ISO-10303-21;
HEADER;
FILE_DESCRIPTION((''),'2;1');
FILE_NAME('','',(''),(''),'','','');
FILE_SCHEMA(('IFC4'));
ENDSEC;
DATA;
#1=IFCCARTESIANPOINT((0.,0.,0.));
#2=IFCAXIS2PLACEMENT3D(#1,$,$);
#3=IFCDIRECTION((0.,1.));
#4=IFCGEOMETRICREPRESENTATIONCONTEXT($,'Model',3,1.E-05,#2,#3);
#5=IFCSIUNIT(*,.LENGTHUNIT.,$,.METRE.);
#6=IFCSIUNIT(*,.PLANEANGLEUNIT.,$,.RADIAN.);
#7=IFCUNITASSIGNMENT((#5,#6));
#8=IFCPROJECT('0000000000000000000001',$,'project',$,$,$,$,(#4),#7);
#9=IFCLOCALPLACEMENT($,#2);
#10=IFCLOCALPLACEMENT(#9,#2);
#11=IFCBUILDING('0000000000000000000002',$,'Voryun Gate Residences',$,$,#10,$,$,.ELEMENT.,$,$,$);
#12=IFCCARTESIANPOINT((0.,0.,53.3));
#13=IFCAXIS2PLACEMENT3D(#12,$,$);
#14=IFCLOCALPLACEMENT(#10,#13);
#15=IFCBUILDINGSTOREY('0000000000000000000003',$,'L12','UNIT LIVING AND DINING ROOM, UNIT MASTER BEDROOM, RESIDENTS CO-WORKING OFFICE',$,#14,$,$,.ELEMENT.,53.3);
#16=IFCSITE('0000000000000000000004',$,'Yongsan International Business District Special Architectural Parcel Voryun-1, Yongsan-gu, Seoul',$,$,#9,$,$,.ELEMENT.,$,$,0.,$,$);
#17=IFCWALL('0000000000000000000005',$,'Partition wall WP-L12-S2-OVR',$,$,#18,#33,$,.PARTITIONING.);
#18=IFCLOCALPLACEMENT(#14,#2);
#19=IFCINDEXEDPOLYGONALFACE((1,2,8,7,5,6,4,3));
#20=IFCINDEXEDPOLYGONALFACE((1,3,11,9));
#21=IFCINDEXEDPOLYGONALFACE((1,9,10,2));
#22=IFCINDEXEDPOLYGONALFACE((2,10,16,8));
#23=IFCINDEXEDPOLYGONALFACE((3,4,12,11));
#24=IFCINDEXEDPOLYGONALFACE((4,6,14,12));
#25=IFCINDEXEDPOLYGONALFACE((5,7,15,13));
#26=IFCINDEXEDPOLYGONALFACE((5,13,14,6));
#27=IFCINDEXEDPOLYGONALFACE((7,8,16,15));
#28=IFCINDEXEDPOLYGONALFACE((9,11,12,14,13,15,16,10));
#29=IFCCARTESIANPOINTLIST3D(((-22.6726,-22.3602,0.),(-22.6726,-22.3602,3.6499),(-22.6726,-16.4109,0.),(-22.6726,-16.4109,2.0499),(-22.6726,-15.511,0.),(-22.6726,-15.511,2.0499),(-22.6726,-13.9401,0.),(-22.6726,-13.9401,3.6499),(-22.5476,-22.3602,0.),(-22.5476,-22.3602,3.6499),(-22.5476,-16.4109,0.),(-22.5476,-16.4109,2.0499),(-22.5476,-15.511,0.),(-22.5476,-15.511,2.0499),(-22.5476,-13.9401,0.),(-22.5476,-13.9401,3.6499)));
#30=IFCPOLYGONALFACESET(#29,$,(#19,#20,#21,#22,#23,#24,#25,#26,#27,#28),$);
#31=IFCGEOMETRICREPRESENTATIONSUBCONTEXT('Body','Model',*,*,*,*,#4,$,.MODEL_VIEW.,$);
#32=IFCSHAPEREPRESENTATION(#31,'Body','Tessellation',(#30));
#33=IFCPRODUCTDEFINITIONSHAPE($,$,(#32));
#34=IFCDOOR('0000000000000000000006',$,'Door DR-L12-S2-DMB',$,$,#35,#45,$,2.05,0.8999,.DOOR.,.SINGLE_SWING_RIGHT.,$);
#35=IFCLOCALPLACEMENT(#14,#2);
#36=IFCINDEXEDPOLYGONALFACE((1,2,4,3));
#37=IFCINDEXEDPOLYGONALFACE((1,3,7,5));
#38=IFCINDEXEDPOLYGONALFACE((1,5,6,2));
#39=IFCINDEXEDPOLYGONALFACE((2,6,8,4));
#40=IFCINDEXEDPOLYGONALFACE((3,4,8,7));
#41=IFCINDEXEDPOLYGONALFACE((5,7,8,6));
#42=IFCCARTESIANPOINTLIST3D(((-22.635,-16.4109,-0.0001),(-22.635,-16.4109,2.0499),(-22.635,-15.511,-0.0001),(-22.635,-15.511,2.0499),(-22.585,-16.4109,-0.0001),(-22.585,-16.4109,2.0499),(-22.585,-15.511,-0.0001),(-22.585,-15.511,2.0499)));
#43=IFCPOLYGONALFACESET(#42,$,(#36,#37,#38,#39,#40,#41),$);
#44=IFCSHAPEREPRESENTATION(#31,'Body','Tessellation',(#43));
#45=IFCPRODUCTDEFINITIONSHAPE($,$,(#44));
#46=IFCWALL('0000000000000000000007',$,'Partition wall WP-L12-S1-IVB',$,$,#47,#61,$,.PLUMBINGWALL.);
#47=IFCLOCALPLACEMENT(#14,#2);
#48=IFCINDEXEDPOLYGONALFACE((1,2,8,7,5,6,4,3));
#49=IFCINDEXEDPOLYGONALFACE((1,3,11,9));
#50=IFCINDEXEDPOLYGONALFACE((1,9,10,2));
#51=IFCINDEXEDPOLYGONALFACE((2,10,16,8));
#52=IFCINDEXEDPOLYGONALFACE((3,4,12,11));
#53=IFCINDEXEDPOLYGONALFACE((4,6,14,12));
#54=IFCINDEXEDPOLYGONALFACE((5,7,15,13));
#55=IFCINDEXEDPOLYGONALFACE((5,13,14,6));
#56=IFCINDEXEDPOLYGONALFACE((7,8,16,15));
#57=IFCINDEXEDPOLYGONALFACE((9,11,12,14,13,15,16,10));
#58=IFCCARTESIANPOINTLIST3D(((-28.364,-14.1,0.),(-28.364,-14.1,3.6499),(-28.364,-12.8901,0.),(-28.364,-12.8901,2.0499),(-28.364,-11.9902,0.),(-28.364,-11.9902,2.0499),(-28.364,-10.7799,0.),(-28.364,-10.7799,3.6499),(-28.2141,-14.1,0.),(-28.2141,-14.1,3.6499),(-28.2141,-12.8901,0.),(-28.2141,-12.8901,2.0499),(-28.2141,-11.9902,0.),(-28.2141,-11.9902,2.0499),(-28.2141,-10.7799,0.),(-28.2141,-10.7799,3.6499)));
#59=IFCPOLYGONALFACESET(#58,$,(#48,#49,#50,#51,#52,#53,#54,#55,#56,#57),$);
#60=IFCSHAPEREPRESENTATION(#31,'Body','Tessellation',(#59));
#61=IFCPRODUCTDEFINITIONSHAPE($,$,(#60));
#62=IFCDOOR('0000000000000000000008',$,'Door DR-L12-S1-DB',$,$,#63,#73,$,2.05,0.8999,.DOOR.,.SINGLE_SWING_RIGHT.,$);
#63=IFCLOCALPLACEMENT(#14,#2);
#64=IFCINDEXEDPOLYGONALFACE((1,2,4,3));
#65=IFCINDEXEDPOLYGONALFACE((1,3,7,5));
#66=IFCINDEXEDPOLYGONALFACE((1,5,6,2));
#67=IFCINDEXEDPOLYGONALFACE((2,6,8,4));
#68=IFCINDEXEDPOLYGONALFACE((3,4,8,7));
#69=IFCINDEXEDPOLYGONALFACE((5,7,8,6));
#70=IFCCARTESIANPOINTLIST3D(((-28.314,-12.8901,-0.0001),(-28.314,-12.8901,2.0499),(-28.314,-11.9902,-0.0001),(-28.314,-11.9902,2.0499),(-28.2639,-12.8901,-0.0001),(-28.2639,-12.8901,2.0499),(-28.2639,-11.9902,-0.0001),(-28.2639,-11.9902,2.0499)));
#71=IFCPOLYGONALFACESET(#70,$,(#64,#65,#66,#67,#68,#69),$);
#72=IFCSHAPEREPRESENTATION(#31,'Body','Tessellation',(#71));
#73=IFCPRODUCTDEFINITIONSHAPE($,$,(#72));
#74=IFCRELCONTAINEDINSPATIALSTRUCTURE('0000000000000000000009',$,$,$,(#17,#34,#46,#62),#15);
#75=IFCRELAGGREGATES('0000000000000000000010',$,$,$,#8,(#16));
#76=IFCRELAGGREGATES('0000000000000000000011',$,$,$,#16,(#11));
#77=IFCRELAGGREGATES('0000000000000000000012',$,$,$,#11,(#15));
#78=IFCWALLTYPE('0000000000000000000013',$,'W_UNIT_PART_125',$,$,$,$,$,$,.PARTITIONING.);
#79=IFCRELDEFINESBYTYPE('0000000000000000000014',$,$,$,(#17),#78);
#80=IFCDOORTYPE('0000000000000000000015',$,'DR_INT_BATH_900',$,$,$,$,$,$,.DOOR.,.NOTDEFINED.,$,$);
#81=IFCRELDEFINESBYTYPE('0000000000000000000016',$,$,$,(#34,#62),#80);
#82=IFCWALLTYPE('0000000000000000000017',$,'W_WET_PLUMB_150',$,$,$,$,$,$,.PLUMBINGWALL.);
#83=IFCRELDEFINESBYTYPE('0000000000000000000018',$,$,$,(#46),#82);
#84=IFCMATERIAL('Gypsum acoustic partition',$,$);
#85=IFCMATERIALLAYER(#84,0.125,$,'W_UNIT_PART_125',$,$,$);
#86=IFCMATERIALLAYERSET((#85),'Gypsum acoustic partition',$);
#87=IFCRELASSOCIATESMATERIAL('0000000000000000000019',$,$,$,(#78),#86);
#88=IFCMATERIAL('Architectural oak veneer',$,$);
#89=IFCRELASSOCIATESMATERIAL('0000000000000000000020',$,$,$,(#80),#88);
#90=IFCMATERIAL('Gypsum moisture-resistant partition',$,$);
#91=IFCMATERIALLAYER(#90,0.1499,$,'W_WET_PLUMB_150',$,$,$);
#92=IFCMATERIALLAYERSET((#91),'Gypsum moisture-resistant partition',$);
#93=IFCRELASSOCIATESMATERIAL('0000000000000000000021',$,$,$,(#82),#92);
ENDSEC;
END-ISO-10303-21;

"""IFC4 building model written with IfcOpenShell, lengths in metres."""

from ifc_helpers import new_model, si_unit, direction, frame, frame_2d, origin, place, context, subcontext, project, spatial, rectangle, extrude, material, layer, layer_set, type_object, element, fill, save


model = new_model("IFC4")

# Units and contexts
model_context = context("Model", 3, precision=1e-05, world=origin(), true_north=direction((0.0, 1.0)))
body_context = subcontext(model_context, "Body", "Model", "MODEL_VIEW")
ifc_project = project(units=[si_unit("LENGTHUNIT", "METRE"), si_unit("PLANEANGLEUNIT", "RADIAN")], contexts=[model_context])

# Site, building, storey
site_placement = place(None, origin())
site = spatial("IfcSite", under=ifc_project, at=site_placement, Name="Yongsan International Business District Special Architectural Parcel Voryun-1, Yongsan-gu, Seoul", CompositionType="ELEMENT", RefElevation=0.0)
building_placement = place(site_placement, origin())
building = spatial("IfcBuilding", under=site, at=building_placement, Name="Voryun Gate Residences", CompositionType="ELEMENT")
storey_placement = place(building_placement, frame((0.0, 0.0, 53.3)))
storey = spatial("IfcBuildingStorey", under=building, at=storey_placement, Name="L12", Description="UNIT LIVING AND DINING ROOM, UNIT MASTER BEDROOM, RESIDENTS CO-WORKING OFFICE", CompositionType="ELEMENT", Elevation=53.3)

# Walls, openings, doors
ifc_material_1 = material(Name="Gypsum acoustic partition")
ifc_layer_1 = layer(ifc_material_1, 0.125, Name="W_UNIT_PART_125")
ifc_layer_set_1 = layer_set([ifc_layer_1], Name="Gypsum acoustic partition")
wall_type_1 = type_object("IfcWallType", Name="W_UNIT_PART_125", PredefinedType="PARTITIONING", material=ifc_layer_set_1)
ifc_material_2 = material(Name="Architectural oak veneer")
door_type_1 = type_object("IfcDoorType", Name="DR_INT_BATH_900", OperationType="NOTDEFINED", PredefinedType="DOOR", material=ifc_material_2)
wall_1_placement = place(storey_placement, frame((-22.6101, -22.3601, 0.0), z_axis=(0.0, 0.0, 1.0), x_axis=(0.0, 1.0, 0.0)))
wall_1 = element("IfcWall", 1, at=wall_1_placement, inside=storey, type_object=wall_type_1, Name="Partition wall WP-L12-S2-OVR", PredefinedType="PARTITIONING", context=body_context, shape_type="SweptSolid", body=[
    extrude(rectangle(XDim=8.4202, YDim=0.125, at=frame_2d((4.21, 0.0))), origin(), (0.0, 0.0, 1.0), 3.6499),
])
opening_1_placement = place(wall_1_placement, frame((5.9492, 0.0, 0.0)))
opening_1 = element("IfcOpeningElement", 2, at=opening_1_placement, cuts=wall_1, PredefinedType="OPENING", context=body_context, shape_type="SweptSolid", body=[
    extrude(rectangle(XDim=0.8999, YDim=2.05, at=frame_2d((0.45, 1.0249))), frame((0.0, 0.0725, 0.0), z_axis=(0.0, -1.0, 0.0), x_axis=(1.0, 0.0, 0.0)), (0.0, 0.0, 1.0), 0.145),
])
door_1_placement = place(opening_1_placement, origin())
door_1 = element("IfcDoor", 3, at=door_1_placement, inside=storey, type_object=door_type_1, Name="Door DR-L12-S2-DMB", OperationType="SINGLE_SWING_RIGHT", OverallHeight=2.05, OverallWidth=0.8999, PredefinedType="DOOR", context=body_context, shape_type="SweptSolid", body=[
    extrude(rectangle(XDim=0.8999, YDim=2.05, at=frame_2d((0.45, 1.0249))), frame((0.0, 0.0249, 0.0), z_axis=(0.0, -1.0, 0.0), x_axis=(1.0, 0.0, 0.0)), (0.0, 0.0, 1.0), 0.05),
])
fill(opening_1, door_1)
ifc_material_3 = material(Name="Gypsum moisture-resistant partition")
ifc_layer_2 = layer(ifc_material_3, 0.1499, Name="W_WET_PLUMB_150")
ifc_layer_set_2 = layer_set([ifc_layer_2], Name="Gypsum moisture-resistant partition")
wall_type_2 = type_object("IfcWallType", Name="W_WET_PLUMB_150", PredefinedType="PLUMBINGWALL", material=ifc_layer_set_2)
wall_2_placement = place(storey_placement, frame((-28.2891, -14.1001, 0.0), z_axis=(0.0, 0.0, 1.0), x_axis=(0.0, 1.0, 0.0)))
wall_2 = element("IfcWall", 4, at=wall_2_placement, inside=storey, type_object=wall_type_2, Name="Partition wall WP-L12-S1-IVB", PredefinedType="PLUMBINGWALL", context=body_context, shape_type="SweptSolid", body=[
    extrude(rectangle(XDim=3.3201, YDim=0.1499, at=frame_2d((1.6602, 0.0))), origin(), (0.0, 0.0, 1.0), 3.6499),
])
opening_2_placement = place(wall_2_placement, frame((1.21, 0.0, 0.0)))
opening_2 = element("IfcOpeningElement", 5, at=opening_2_placement, cuts=wall_2, PredefinedType="OPENING", context=body_context, shape_type="SweptSolid", body=[
    extrude(rectangle(XDim=0.8999, YDim=2.05, at=frame_2d((0.45, 1.0249))), frame((0.0, 0.085, 0.0), z_axis=(0.0, -1.0, 0.0), x_axis=(1.0, 0.0, 0.0)), (0.0, 0.0, 1.0), 0.1699),
])
door_2_placement = place(opening_2_placement, origin())
door_2 = element("IfcDoor", 6, at=door_2_placement, inside=storey, type_object=door_type_1, Name="Door DR-L12-S1-DB", OperationType="SINGLE_SWING_RIGHT", OverallHeight=2.05, OverallWidth=0.8999, PredefinedType="DOOR", context=body_context, shape_type="SweptSolid", body=[
    extrude(rectangle(XDim=0.8999, YDim=2.05, at=frame_2d((0.45, 1.0249))), frame((0.0, 0.0249, 0.0), z_axis=(0.0, -1.0, 0.0), x_axis=(1.0, 0.0, 0.0)), (0.0, 0.0, 1.0), 0.05),
])
fill(opening_2, door_2)

save(model, "model.ifc")
